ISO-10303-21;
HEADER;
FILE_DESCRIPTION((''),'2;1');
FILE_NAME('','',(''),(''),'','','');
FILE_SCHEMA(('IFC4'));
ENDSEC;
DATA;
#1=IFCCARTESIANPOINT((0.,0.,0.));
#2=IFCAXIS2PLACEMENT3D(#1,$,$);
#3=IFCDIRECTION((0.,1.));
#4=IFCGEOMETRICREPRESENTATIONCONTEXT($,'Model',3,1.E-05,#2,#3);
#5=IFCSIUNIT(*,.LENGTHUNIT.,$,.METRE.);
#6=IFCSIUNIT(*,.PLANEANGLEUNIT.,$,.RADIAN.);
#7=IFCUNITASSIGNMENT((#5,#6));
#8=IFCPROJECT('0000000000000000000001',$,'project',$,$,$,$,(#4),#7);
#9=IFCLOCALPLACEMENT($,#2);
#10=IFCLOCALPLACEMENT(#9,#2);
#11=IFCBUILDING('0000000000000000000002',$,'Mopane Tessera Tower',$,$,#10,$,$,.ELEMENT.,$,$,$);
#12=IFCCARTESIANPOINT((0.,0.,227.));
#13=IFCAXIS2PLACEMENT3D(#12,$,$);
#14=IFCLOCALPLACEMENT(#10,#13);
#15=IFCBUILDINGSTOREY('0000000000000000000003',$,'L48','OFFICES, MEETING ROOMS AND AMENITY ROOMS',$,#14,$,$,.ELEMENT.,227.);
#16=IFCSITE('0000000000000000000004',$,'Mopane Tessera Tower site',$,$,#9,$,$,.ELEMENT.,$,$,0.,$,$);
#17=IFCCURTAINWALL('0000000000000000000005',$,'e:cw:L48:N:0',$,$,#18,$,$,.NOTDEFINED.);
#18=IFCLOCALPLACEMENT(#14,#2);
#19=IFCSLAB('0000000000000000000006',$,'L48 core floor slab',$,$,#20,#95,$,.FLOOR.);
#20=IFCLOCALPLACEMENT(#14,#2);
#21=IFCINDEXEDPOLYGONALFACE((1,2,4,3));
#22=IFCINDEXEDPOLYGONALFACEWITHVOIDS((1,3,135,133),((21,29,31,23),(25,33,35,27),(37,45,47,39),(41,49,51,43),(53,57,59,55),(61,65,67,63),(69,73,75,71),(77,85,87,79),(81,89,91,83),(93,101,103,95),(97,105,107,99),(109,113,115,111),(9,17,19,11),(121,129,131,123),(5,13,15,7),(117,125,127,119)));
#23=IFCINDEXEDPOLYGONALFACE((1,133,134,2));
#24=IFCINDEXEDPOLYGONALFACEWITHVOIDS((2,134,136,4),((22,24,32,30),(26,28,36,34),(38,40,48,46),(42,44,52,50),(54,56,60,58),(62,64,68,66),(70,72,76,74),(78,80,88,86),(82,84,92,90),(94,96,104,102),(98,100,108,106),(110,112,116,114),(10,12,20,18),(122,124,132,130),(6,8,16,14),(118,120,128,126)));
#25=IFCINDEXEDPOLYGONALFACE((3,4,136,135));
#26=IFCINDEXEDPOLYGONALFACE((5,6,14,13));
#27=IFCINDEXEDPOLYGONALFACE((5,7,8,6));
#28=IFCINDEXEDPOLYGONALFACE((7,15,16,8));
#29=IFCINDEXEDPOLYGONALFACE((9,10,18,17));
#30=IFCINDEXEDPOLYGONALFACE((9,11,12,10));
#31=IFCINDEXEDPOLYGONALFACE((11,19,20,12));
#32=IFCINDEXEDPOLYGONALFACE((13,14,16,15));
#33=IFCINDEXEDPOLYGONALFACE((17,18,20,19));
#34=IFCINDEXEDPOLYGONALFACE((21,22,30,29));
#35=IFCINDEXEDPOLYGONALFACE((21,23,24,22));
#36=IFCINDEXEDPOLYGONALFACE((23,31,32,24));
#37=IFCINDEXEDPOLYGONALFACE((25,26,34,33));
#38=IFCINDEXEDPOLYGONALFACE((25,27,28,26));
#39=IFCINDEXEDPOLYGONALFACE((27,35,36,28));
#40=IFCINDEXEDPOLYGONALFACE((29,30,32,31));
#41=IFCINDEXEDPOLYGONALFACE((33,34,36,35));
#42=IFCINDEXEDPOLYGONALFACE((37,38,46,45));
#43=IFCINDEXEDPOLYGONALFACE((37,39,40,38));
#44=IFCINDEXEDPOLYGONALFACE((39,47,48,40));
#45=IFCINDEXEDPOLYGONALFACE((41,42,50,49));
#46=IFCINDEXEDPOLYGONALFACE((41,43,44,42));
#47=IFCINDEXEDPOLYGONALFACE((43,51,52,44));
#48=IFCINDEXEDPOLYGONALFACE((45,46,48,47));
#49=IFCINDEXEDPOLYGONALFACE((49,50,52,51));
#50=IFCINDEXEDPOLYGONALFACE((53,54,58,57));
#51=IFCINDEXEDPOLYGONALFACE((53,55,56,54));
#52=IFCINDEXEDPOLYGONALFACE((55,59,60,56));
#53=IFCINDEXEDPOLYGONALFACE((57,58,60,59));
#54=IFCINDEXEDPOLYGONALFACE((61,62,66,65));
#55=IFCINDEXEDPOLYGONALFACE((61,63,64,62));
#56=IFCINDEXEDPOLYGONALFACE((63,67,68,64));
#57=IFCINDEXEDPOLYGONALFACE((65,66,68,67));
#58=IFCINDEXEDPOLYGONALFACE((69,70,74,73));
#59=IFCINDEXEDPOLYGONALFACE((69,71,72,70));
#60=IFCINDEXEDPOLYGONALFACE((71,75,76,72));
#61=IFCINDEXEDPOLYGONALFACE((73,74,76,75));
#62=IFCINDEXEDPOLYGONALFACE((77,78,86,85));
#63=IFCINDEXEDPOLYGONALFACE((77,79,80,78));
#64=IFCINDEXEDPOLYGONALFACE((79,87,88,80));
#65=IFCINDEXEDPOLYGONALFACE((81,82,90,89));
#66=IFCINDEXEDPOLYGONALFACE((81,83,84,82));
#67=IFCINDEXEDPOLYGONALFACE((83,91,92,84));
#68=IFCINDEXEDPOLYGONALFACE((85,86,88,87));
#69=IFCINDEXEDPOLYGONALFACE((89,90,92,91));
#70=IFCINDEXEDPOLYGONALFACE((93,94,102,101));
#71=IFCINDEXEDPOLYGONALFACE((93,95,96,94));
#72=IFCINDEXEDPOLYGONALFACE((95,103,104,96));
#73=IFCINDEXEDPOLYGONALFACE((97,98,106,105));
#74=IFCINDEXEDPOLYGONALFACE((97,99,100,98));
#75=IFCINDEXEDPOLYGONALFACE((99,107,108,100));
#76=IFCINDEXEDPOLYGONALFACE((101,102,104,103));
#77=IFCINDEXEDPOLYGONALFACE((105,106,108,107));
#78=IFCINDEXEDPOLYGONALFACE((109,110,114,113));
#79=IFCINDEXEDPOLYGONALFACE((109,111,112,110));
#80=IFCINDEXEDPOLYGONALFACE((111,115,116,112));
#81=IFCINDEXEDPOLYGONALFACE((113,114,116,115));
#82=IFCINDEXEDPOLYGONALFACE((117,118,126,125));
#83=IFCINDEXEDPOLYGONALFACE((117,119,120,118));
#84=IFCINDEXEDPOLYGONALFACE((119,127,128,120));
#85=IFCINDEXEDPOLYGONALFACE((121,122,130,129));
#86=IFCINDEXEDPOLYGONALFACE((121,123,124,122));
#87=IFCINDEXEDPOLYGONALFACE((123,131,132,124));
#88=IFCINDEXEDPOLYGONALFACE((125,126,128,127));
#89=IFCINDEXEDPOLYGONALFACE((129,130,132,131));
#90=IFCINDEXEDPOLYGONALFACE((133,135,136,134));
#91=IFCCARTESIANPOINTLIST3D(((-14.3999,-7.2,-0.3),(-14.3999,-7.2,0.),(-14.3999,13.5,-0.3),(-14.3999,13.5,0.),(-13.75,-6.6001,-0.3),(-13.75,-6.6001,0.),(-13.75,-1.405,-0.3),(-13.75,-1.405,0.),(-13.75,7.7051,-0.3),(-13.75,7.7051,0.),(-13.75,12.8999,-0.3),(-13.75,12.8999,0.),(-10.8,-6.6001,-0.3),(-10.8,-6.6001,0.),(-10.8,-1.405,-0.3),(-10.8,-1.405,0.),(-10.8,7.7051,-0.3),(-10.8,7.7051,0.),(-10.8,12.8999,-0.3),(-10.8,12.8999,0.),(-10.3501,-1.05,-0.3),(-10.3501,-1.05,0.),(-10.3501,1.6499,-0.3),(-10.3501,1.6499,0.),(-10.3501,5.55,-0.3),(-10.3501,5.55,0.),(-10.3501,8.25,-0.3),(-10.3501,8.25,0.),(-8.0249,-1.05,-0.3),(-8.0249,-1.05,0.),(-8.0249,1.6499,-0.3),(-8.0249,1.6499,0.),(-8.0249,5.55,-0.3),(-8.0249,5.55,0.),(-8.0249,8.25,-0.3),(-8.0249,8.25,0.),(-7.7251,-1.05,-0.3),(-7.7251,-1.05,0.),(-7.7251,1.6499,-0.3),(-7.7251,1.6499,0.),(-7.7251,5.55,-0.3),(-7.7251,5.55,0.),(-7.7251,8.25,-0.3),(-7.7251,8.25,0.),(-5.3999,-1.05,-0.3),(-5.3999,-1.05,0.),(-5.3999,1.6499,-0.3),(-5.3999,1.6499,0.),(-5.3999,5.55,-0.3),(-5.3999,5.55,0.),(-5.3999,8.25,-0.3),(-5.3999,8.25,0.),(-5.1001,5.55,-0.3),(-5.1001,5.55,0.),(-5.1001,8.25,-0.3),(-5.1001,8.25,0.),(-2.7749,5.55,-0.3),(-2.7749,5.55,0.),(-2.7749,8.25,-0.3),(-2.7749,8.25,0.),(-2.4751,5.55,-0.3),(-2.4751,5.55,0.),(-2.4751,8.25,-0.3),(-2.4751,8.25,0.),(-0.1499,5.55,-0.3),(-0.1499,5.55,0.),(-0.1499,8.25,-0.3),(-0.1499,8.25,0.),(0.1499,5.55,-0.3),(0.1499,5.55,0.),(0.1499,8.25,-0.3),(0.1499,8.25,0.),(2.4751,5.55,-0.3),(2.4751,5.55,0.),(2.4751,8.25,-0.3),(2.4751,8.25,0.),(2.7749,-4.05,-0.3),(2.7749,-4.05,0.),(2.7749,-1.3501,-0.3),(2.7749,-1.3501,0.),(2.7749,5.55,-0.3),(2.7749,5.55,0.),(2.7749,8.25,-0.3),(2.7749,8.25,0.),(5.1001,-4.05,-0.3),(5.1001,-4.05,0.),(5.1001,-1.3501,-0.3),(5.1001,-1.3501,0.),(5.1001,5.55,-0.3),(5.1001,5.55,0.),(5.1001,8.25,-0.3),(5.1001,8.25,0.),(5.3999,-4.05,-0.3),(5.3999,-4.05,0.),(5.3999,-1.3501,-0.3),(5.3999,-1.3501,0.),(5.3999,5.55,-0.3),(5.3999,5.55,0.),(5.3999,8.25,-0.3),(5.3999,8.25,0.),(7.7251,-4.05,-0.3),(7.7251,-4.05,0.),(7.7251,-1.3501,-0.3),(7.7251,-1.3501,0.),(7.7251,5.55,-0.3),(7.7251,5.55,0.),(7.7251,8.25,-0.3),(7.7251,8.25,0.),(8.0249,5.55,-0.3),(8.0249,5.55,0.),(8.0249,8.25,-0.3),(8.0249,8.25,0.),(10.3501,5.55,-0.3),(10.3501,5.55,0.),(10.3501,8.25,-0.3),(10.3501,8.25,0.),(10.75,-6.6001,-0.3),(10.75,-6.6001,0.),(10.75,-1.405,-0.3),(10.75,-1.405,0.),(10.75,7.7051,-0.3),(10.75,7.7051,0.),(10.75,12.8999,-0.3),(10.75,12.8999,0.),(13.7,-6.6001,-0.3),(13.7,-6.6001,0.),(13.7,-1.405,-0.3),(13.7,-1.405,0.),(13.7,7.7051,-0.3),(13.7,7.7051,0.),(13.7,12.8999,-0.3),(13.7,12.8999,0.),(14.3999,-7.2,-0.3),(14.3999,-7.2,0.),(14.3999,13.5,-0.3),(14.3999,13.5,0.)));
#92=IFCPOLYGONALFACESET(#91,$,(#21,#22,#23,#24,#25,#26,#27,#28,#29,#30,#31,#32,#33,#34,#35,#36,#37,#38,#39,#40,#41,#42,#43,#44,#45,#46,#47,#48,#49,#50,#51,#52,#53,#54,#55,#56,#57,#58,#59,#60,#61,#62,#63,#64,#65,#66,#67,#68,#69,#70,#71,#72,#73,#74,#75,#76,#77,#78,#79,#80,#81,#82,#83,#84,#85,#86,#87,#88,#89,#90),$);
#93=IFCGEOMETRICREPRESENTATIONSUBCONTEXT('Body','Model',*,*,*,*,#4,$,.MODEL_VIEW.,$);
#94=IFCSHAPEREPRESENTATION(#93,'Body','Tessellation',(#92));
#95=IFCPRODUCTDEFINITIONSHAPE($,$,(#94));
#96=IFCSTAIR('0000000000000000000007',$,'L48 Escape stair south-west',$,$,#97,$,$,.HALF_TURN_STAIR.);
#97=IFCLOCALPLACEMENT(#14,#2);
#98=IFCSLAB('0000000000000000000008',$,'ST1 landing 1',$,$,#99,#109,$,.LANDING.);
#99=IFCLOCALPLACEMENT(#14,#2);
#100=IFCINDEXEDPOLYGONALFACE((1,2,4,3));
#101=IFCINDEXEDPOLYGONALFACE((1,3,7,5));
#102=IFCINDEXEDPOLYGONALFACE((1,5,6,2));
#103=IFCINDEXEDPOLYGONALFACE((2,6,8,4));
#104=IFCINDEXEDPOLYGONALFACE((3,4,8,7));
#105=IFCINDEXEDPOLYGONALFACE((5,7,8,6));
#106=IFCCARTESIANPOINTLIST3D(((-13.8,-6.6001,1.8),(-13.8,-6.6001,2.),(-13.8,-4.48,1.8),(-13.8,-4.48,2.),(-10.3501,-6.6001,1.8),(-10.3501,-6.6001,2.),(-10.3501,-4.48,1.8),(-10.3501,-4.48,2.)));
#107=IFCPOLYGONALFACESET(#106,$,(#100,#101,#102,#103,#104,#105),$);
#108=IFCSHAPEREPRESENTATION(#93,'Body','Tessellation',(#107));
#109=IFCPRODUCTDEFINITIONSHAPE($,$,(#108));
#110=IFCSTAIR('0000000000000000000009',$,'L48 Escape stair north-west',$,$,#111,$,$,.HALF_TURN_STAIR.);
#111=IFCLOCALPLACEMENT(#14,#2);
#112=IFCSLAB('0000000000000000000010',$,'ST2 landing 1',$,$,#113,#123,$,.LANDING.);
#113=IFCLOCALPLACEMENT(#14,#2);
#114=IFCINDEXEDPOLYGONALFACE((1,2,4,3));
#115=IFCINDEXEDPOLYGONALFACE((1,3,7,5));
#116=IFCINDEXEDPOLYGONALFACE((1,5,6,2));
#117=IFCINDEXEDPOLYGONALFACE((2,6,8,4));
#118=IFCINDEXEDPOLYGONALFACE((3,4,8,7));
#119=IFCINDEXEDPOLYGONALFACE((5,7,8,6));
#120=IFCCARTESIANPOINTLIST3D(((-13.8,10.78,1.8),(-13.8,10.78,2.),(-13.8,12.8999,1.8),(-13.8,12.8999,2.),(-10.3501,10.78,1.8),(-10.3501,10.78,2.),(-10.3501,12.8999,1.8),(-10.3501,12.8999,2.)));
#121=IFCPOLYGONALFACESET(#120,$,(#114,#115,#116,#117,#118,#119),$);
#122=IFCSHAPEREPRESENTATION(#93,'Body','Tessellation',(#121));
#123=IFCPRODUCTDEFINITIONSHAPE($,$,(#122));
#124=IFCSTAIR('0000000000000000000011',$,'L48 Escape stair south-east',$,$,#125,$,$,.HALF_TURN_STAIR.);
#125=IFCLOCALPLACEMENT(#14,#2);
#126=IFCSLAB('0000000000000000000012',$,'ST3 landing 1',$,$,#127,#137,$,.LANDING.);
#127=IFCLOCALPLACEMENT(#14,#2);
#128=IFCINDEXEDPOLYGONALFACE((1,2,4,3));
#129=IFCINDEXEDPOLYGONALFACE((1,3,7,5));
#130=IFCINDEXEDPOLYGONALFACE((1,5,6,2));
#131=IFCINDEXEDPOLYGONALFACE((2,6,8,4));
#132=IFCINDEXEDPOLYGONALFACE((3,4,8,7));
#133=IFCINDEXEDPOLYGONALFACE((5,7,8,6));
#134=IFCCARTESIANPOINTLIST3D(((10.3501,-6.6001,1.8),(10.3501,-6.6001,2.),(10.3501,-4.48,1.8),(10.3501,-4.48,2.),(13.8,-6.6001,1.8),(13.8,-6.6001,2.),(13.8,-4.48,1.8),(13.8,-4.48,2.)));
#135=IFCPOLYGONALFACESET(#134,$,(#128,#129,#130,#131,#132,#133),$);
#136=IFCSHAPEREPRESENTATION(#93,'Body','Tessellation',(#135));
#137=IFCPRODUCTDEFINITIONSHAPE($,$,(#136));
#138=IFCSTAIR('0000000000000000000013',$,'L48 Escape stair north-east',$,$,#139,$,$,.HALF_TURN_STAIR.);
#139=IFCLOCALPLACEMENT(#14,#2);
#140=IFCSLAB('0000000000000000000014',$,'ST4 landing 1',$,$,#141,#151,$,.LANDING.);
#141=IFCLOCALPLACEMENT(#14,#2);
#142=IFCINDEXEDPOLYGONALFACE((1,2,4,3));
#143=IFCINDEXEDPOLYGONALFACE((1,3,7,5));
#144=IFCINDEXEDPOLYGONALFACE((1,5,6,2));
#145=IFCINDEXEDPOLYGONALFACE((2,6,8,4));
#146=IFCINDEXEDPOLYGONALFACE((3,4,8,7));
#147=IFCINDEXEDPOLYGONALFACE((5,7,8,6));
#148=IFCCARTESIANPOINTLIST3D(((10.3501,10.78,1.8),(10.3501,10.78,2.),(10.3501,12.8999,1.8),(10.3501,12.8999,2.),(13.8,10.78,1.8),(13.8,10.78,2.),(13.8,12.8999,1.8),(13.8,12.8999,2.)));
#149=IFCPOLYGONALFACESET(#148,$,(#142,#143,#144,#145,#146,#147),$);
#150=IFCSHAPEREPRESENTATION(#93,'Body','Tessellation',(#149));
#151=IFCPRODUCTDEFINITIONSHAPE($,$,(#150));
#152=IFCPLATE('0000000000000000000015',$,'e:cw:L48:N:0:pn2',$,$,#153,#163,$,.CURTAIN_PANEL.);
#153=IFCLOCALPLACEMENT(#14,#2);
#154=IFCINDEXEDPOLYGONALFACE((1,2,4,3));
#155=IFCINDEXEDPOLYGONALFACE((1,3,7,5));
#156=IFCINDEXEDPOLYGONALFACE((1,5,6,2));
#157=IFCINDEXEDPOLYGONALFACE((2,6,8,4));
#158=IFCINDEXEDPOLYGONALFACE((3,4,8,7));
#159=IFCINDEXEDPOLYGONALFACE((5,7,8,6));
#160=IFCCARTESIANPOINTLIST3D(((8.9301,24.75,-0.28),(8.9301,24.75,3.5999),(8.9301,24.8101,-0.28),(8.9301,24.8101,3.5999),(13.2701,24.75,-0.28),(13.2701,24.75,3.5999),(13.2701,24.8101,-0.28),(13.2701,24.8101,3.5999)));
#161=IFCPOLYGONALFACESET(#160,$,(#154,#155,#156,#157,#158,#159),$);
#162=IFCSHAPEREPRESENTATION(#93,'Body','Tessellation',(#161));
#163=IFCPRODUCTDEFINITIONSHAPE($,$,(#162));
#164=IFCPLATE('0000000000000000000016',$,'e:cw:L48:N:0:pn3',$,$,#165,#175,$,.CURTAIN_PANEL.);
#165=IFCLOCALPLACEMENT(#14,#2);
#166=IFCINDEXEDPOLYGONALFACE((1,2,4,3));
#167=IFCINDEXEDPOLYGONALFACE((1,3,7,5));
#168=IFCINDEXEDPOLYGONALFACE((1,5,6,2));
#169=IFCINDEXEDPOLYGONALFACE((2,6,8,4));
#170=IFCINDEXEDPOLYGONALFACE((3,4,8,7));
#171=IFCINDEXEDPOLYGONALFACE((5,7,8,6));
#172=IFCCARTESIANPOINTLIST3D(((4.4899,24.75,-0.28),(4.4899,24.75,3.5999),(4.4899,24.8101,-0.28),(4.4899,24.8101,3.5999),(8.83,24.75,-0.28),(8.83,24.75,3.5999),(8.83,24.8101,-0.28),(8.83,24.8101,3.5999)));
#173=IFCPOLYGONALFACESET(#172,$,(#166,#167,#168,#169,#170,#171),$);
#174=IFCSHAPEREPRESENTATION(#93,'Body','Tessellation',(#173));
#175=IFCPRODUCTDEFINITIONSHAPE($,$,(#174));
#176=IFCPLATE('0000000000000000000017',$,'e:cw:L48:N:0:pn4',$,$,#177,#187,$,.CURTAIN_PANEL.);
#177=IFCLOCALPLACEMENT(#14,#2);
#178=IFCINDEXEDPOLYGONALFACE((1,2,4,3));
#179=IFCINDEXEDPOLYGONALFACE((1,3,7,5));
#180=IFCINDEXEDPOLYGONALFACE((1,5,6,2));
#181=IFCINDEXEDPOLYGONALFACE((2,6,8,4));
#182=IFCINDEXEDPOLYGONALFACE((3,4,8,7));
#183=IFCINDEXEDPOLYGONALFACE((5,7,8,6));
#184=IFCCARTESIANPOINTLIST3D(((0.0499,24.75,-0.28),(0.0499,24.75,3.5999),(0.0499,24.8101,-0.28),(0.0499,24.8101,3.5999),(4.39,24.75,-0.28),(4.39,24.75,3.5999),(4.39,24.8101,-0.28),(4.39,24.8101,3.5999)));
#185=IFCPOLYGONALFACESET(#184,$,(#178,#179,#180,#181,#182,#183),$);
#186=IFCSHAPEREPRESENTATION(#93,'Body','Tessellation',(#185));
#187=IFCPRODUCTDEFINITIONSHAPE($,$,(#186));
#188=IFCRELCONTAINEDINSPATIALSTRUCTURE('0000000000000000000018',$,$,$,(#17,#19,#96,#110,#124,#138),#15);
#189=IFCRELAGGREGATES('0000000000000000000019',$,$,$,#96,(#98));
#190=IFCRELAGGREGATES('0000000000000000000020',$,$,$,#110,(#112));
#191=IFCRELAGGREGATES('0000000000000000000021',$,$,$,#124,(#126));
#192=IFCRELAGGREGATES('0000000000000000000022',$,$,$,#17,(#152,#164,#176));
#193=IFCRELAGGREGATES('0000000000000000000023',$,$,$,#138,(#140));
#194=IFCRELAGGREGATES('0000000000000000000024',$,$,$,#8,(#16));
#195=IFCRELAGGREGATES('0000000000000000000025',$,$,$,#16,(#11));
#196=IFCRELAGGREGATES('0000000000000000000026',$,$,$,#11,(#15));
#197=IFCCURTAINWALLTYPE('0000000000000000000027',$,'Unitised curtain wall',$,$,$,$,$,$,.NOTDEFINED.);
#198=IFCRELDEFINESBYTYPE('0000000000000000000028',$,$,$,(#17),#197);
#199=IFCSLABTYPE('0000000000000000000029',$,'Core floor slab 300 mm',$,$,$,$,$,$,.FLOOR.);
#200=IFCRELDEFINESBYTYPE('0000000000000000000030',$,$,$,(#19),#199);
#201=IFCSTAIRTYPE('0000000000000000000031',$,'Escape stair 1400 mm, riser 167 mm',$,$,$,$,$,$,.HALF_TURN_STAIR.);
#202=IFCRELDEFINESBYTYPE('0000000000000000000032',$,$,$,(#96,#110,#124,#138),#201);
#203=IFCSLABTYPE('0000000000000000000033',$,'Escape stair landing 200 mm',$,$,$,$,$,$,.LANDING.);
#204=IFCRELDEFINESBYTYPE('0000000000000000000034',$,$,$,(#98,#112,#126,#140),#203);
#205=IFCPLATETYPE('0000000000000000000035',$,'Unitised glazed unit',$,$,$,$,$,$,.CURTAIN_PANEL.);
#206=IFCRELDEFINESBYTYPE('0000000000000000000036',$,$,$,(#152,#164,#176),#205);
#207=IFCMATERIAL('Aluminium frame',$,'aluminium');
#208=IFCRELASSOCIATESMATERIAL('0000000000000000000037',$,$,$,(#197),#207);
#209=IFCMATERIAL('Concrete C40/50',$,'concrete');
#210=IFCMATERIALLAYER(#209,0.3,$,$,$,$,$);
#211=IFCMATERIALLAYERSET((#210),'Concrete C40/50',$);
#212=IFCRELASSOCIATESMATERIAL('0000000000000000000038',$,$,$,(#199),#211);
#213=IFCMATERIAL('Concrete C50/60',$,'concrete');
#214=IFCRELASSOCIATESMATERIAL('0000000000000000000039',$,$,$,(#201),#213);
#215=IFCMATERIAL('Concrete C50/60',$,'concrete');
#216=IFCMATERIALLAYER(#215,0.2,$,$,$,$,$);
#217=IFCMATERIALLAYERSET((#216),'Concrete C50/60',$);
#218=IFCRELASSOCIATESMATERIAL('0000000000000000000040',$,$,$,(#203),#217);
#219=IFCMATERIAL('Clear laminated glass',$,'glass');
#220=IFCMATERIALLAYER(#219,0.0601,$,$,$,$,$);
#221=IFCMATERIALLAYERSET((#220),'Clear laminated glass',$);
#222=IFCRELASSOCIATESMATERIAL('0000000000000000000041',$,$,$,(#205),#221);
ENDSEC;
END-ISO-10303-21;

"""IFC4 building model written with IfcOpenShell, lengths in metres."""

from ifc_helpers import new_model, si_unit, direction, frame, origin, origin_2d, place, context, subcontext, project, spatial, polyline, rectangle, outline, extrude, material, layer, layer_set, type_object, element, aggregate, save


model = new_model("IFC4")

# Units and contexts
model_context = context("Model", 3, precision=1e-05, world=origin(), true_north=direction((0.0, 1.0)))
body_context = subcontext(model_context, "Body", "Model", "MODEL_VIEW")
ifc_project = project(units=[si_unit("LENGTHUNIT", "METRE"), si_unit("PLANEANGLEUNIT", "RADIAN")], contexts=[model_context])

# Site, building, storey
site_placement = place(None, origin())
site = spatial("IfcSite", under=ifc_project, at=site_placement, Name="Mopane Tessera Tower site", CompositionType="ELEMENT", RefElevation=0.0)
building_placement = place(site_placement, origin())
building = spatial("IfcBuilding", under=site, at=building_placement, Name="Mopane Tessera Tower", CompositionType="ELEMENT")
storey_placement = place(building_placement, frame((0.0, 0.0, 227.0)))
storey = spatial("IfcBuildingStorey", under=building, at=storey_placement, Name="L48", Description="OFFICES, MEETING ROOMS AND AMENITY ROOMS", CompositionType="ELEMENT", Elevation=227.0)

# Curtain wall
ifc_material_1 = material(Name="Aluminium frame", Category="aluminium")
curtain_wall_type = type_object("IfcCurtainWallType", Name="Unitised curtain wall", PredefinedType="NOTDEFINED", material=ifc_material_1)
curtain_wall_1_placement = place(storey_placement, origin())
curtain_wall_1 = element("IfcCurtainWall", 1, at=curtain_wall_1_placement, inside=storey, type_object=curtain_wall_type, Name="e:cw:L48:N:0", PredefinedType="NOTDEFINED")

# Slab
ifc_material_2 = material(Name="Concrete C40/50", Category="concrete")
ifc_layer_1 = layer(ifc_material_2, 0.3)
ifc_layer_set_1 = layer_set([ifc_layer_1], Name="Concrete C40/50")
slab_type_1 = type_object("IfcSlabType", Name="Core floor slab 300 mm", PredefinedType="FLOOR", material=ifc_layer_set_1)
slab_1_placement = place(storey_placement, frame((0.0, 0.0, -0.3)))
element("IfcSlab", 2, at=slab_1_placement, inside=storey, type_object=slab_type_1, Name="L48 core floor slab", PredefinedType="FLOOR", context=body_context, shape_type="SweptSolid", body=[
    extrude(outline(polyline([(-14.3999, -7.2), (14.3999, -7.2), (14.3999, 13.5), (-14.3999, 13.5), (-14.3999, -7.2)]), holes=[polyline([(-10.3501, -1.05), (-8.0249, -1.05), (-8.0249, 1.6499), (-10.3501, 1.6499), (-10.3501, -1.05)]), polyline([(-7.7251, -1.05), (-5.3999, -1.05), (-5.3999, 1.6499), (-7.7251, 1.6499), (-7.7251, -1.05)]), polyline([(-10.3501, 5.55), (-8.0249, 5.55), (-8.0249, 8.25), (-10.3501, 8.25), (-10.3501, 5.55)]), polyline([(-7.7251, 5.55), (-5.3999, 5.55), (-5.3999, 8.25), (-7.7251, 8.25), (-7.7251, 5.55)]), polyline([(-5.1001, 5.55), (-2.7749, 5.55), (-2.7749, 8.25), (-5.1001, 8.25), (-5.1001, 5.55)]), polyline([(-2.4751, 5.55), (-0.1499, 5.55), (-0.1499, 8.25), (-2.4751, 8.25), (-2.4751, 5.55)]), polyline([(0.1499, 5.55), (2.4751, 5.55), (2.4751, 8.25), (0.1499, 8.25), (0.1499, 5.55)]), polyline([(2.7749, 5.55), (5.1001, 5.55), (5.1001, 8.25), (2.7749, 8.25), (2.7749, 5.55)]), polyline([(5.3999, 5.55), (7.7251, 5.55), (7.7251, 8.25), (5.3999, 8.25), (5.3999, 5.55)]), polyline([(8.0249, 5.55), (10.3501, 5.55), (10.3501, 8.25), (8.0249, 8.25), (8.0249, 5.55)]), polyline([(2.7749, -4.05), (5.1001, -4.05), (5.1001, -1.3501), (2.7749, -1.3501), (2.7749, -4.05)]), polyline([(5.3999, -4.05), (7.7251, -4.05), (7.7251, -1.3501), (5.3999, -1.3501), (5.3999, -4.05)]), polyline([(-13.75, -1.405), (-13.75, -6.6001), (-10.8, -6.6001), (-10.8, -1.405), (-13.75, -1.405)]), polyline([(-10.8, 7.7051), (-10.8, 12.8999), (-13.75, 12.8999), (-13.75, 7.7051), (-10.8, 7.7051)]), polyline([(10.75, -1.405), (10.75, -6.6001), (13.7, -6.6001), (13.7, -1.405), (10.75, -1.405)]), polyline([(13.7, 7.7051), (13.7, 12.8999), (10.75, 12.8999), (10.75, 7.7051), (13.7, 7.7051)])]), origin(), (0.0, 0.0, 1.0), 0.3),
])

# Stairs, slabs
ifc_material_3 = material(Name="Concrete C50/60", Category="concrete")
stair_type = type_object("IfcStairType", Name="Escape stair 1400 mm, riser 167 mm", PredefinedType="HALF_TURN_STAIR", material=ifc_material_3)
stair_1_placement = place(storey_placement, origin())
stair_1 = element("IfcStair", 3, at=stair_1_placement, inside=storey, type_object=stair_type, Name="L48 Escape stair south-west", PredefinedType="HALF_TURN_STAIR")
ifc_material_4 = material(Name="Concrete C50/60", Category="concrete")
ifc_layer_2 = layer(ifc_material_4, 0.2)
ifc_layer_set_2 = layer_set([ifc_layer_2], Name="Concrete C50/60")
slab_type_2 = type_object("IfcSlabType", Name="Escape stair landing 200 mm", PredefinedType="LANDING", material=ifc_layer_set_2)
slab_2_placement = place(storey_placement, frame((0.0, 0.0, 1.8)))
slab_2 = element("IfcSlab", 4, at=slab_2_placement, type_object=slab_type_2, Name="ST1 landing 1", PredefinedType="LANDING", context=body_context, shape_type="SweptSolid", body=[
    extrude(outline(polyline([(-13.8, -4.48), (-13.8, -6.6001), (-10.3501, -6.6001), (-10.3501, -4.48), (-13.8, -4.48)])), origin(), (0.0, 0.0, 1.0), 0.2),
])
aggregate(stair_1, [slab_2])
stair_2_placement = place(storey_placement, origin())
stair_2 = element("IfcStair", 5, at=stair_2_placement, inside=storey, type_object=stair_type, Name="L48 Escape stair north-west", PredefinedType="HALF_TURN_STAIR")
slab_3_placement = place(storey_placement, frame((0.0, 0.0, 1.8)))
slab_3 = element("IfcSlab", 6, at=slab_3_placement, type_object=slab_type_2, Name="ST2 landing 1", PredefinedType="LANDING", context=body_context, shape_type="SweptSolid", body=[
    extrude(outline(polyline([(-10.3501, 10.78), (-10.3501, 12.8999), (-13.8, 12.8999), (-13.8, 10.78), (-10.3501, 10.78)])), origin(), (0.0, 0.0, 1.0), 0.2),
])
aggregate(stair_2, [slab_3])
stair_3_placement = place(storey_placement, origin())
stair_3 = element("IfcStair", 7, at=stair_3_placement, inside=storey, type_object=stair_type, Name="L48 Escape stair south-east", PredefinedType="HALF_TURN_STAIR")
slab_4_placement = place(storey_placement, frame((0.0, 0.0, 1.8)))
slab_4 = element("IfcSlab", 8, at=slab_4_placement, type_object=slab_type_2, Name="ST3 landing 1", PredefinedType="LANDING", context=body_context, shape_type="SweptSolid", body=[
    extrude(outline(polyline([(10.3501, -4.48), (10.3501, -6.6001), (13.8, -6.6001), (13.8, -4.48), (10.3501, -4.48)])), origin(), (0.0, 0.0, 1.0), 0.2),
])
aggregate(stair_3, [slab_4])
stair_4_placement = place(storey_placement, origin())
stair_4 = element("IfcStair", 9, at=stair_4_placement, inside=storey, type_object=stair_type, Name="L48 Escape stair north-east", PredefinedType="HALF_TURN_STAIR")
slab_5_placement = place(storey_placement, frame((0.0, 0.0, 1.8)))
slab_5 = element("IfcSlab", 10, at=slab_5_placement, type_object=slab_type_2, Name="ST4 landing 1", PredefinedType="LANDING", context=body_context, shape_type="SweptSolid", body=[
    extrude(outline(polyline([(13.8, 10.78), (13.8, 12.8999), (10.3501, 12.8999), (10.3501, 10.78), (13.8, 10.78)])), origin(), (0.0, 0.0, 1.0), 0.2),
])

# Plates
ifc_material_5 = material(Name="Clear laminated glass", Category="glass")
ifc_layer_3 = layer(ifc_material_5, 0.0601)
ifc_layer_set_3 = layer_set([ifc_layer_3], Name="Clear laminated glass")
plate_type = type_object("IfcPlateType", Name="Unitised glazed unit", PredefinedType="CURTAIN_PANEL", material=ifc_layer_set_3)
plate_1_placement = place(storey_placement, frame((11.1001, 24.78, -0.28), z_axis=(0.0, 0.0, 1.0), x_axis=(-1.0, 0.0, 0.0)))
plate_1 = element("IfcPlate", 11, at=plate_1_placement, type_object=plate_type, Name="e:cw:L48:N:0:pn2", PredefinedType="CURTAIN_PANEL", context=body_context, shape_type="SweptSolid", body=[
    extrude(rectangle(XDim=4.3401, YDim=0.0601, at=origin_2d()), origin(), (0.0, 0.0, 1.0), 3.8799),
])
plate_2_placement = place(storey_placement, frame((6.6599, 24.78, -0.28), z_axis=(0.0, 0.0, 1.0), x_axis=(-1.0, 0.0, 0.0)))
plate_2 = element("IfcPlate", 12, at=plate_2_placement, type_object=plate_type, Name="e:cw:L48:N:0:pn3", PredefinedType="CURTAIN_PANEL", context=body_context, shape_type="SweptSolid", body=[
    extrude(rectangle(XDim=4.3401, YDim=0.0601, at=origin_2d()), origin(), (0.0, 0.0, 1.0), 3.8799),
])
plate_3_placement = place(storey_placement, frame((2.22, 24.78, -0.28), z_axis=(0.0, 0.0, 1.0), x_axis=(-1.0, 0.0, 0.0)))
plate_3 = element("IfcPlate", 13, at=plate_3_placement, type_object=plate_type, Name="e:cw:L48:N:0:pn4", PredefinedType="CURTAIN_PANEL", context=body_context, shape_type="SweptSolid", body=[
    extrude(rectangle(XDim=4.3401, YDim=0.0601, at=origin_2d()), origin(), (0.0, 0.0, 1.0), 3.8799),
])
aggregate(curtain_wall_1, [plate_1, plate_2, plate_3])

aggregate(stair_4, [slab_5])

save(model, "model.ifc")
